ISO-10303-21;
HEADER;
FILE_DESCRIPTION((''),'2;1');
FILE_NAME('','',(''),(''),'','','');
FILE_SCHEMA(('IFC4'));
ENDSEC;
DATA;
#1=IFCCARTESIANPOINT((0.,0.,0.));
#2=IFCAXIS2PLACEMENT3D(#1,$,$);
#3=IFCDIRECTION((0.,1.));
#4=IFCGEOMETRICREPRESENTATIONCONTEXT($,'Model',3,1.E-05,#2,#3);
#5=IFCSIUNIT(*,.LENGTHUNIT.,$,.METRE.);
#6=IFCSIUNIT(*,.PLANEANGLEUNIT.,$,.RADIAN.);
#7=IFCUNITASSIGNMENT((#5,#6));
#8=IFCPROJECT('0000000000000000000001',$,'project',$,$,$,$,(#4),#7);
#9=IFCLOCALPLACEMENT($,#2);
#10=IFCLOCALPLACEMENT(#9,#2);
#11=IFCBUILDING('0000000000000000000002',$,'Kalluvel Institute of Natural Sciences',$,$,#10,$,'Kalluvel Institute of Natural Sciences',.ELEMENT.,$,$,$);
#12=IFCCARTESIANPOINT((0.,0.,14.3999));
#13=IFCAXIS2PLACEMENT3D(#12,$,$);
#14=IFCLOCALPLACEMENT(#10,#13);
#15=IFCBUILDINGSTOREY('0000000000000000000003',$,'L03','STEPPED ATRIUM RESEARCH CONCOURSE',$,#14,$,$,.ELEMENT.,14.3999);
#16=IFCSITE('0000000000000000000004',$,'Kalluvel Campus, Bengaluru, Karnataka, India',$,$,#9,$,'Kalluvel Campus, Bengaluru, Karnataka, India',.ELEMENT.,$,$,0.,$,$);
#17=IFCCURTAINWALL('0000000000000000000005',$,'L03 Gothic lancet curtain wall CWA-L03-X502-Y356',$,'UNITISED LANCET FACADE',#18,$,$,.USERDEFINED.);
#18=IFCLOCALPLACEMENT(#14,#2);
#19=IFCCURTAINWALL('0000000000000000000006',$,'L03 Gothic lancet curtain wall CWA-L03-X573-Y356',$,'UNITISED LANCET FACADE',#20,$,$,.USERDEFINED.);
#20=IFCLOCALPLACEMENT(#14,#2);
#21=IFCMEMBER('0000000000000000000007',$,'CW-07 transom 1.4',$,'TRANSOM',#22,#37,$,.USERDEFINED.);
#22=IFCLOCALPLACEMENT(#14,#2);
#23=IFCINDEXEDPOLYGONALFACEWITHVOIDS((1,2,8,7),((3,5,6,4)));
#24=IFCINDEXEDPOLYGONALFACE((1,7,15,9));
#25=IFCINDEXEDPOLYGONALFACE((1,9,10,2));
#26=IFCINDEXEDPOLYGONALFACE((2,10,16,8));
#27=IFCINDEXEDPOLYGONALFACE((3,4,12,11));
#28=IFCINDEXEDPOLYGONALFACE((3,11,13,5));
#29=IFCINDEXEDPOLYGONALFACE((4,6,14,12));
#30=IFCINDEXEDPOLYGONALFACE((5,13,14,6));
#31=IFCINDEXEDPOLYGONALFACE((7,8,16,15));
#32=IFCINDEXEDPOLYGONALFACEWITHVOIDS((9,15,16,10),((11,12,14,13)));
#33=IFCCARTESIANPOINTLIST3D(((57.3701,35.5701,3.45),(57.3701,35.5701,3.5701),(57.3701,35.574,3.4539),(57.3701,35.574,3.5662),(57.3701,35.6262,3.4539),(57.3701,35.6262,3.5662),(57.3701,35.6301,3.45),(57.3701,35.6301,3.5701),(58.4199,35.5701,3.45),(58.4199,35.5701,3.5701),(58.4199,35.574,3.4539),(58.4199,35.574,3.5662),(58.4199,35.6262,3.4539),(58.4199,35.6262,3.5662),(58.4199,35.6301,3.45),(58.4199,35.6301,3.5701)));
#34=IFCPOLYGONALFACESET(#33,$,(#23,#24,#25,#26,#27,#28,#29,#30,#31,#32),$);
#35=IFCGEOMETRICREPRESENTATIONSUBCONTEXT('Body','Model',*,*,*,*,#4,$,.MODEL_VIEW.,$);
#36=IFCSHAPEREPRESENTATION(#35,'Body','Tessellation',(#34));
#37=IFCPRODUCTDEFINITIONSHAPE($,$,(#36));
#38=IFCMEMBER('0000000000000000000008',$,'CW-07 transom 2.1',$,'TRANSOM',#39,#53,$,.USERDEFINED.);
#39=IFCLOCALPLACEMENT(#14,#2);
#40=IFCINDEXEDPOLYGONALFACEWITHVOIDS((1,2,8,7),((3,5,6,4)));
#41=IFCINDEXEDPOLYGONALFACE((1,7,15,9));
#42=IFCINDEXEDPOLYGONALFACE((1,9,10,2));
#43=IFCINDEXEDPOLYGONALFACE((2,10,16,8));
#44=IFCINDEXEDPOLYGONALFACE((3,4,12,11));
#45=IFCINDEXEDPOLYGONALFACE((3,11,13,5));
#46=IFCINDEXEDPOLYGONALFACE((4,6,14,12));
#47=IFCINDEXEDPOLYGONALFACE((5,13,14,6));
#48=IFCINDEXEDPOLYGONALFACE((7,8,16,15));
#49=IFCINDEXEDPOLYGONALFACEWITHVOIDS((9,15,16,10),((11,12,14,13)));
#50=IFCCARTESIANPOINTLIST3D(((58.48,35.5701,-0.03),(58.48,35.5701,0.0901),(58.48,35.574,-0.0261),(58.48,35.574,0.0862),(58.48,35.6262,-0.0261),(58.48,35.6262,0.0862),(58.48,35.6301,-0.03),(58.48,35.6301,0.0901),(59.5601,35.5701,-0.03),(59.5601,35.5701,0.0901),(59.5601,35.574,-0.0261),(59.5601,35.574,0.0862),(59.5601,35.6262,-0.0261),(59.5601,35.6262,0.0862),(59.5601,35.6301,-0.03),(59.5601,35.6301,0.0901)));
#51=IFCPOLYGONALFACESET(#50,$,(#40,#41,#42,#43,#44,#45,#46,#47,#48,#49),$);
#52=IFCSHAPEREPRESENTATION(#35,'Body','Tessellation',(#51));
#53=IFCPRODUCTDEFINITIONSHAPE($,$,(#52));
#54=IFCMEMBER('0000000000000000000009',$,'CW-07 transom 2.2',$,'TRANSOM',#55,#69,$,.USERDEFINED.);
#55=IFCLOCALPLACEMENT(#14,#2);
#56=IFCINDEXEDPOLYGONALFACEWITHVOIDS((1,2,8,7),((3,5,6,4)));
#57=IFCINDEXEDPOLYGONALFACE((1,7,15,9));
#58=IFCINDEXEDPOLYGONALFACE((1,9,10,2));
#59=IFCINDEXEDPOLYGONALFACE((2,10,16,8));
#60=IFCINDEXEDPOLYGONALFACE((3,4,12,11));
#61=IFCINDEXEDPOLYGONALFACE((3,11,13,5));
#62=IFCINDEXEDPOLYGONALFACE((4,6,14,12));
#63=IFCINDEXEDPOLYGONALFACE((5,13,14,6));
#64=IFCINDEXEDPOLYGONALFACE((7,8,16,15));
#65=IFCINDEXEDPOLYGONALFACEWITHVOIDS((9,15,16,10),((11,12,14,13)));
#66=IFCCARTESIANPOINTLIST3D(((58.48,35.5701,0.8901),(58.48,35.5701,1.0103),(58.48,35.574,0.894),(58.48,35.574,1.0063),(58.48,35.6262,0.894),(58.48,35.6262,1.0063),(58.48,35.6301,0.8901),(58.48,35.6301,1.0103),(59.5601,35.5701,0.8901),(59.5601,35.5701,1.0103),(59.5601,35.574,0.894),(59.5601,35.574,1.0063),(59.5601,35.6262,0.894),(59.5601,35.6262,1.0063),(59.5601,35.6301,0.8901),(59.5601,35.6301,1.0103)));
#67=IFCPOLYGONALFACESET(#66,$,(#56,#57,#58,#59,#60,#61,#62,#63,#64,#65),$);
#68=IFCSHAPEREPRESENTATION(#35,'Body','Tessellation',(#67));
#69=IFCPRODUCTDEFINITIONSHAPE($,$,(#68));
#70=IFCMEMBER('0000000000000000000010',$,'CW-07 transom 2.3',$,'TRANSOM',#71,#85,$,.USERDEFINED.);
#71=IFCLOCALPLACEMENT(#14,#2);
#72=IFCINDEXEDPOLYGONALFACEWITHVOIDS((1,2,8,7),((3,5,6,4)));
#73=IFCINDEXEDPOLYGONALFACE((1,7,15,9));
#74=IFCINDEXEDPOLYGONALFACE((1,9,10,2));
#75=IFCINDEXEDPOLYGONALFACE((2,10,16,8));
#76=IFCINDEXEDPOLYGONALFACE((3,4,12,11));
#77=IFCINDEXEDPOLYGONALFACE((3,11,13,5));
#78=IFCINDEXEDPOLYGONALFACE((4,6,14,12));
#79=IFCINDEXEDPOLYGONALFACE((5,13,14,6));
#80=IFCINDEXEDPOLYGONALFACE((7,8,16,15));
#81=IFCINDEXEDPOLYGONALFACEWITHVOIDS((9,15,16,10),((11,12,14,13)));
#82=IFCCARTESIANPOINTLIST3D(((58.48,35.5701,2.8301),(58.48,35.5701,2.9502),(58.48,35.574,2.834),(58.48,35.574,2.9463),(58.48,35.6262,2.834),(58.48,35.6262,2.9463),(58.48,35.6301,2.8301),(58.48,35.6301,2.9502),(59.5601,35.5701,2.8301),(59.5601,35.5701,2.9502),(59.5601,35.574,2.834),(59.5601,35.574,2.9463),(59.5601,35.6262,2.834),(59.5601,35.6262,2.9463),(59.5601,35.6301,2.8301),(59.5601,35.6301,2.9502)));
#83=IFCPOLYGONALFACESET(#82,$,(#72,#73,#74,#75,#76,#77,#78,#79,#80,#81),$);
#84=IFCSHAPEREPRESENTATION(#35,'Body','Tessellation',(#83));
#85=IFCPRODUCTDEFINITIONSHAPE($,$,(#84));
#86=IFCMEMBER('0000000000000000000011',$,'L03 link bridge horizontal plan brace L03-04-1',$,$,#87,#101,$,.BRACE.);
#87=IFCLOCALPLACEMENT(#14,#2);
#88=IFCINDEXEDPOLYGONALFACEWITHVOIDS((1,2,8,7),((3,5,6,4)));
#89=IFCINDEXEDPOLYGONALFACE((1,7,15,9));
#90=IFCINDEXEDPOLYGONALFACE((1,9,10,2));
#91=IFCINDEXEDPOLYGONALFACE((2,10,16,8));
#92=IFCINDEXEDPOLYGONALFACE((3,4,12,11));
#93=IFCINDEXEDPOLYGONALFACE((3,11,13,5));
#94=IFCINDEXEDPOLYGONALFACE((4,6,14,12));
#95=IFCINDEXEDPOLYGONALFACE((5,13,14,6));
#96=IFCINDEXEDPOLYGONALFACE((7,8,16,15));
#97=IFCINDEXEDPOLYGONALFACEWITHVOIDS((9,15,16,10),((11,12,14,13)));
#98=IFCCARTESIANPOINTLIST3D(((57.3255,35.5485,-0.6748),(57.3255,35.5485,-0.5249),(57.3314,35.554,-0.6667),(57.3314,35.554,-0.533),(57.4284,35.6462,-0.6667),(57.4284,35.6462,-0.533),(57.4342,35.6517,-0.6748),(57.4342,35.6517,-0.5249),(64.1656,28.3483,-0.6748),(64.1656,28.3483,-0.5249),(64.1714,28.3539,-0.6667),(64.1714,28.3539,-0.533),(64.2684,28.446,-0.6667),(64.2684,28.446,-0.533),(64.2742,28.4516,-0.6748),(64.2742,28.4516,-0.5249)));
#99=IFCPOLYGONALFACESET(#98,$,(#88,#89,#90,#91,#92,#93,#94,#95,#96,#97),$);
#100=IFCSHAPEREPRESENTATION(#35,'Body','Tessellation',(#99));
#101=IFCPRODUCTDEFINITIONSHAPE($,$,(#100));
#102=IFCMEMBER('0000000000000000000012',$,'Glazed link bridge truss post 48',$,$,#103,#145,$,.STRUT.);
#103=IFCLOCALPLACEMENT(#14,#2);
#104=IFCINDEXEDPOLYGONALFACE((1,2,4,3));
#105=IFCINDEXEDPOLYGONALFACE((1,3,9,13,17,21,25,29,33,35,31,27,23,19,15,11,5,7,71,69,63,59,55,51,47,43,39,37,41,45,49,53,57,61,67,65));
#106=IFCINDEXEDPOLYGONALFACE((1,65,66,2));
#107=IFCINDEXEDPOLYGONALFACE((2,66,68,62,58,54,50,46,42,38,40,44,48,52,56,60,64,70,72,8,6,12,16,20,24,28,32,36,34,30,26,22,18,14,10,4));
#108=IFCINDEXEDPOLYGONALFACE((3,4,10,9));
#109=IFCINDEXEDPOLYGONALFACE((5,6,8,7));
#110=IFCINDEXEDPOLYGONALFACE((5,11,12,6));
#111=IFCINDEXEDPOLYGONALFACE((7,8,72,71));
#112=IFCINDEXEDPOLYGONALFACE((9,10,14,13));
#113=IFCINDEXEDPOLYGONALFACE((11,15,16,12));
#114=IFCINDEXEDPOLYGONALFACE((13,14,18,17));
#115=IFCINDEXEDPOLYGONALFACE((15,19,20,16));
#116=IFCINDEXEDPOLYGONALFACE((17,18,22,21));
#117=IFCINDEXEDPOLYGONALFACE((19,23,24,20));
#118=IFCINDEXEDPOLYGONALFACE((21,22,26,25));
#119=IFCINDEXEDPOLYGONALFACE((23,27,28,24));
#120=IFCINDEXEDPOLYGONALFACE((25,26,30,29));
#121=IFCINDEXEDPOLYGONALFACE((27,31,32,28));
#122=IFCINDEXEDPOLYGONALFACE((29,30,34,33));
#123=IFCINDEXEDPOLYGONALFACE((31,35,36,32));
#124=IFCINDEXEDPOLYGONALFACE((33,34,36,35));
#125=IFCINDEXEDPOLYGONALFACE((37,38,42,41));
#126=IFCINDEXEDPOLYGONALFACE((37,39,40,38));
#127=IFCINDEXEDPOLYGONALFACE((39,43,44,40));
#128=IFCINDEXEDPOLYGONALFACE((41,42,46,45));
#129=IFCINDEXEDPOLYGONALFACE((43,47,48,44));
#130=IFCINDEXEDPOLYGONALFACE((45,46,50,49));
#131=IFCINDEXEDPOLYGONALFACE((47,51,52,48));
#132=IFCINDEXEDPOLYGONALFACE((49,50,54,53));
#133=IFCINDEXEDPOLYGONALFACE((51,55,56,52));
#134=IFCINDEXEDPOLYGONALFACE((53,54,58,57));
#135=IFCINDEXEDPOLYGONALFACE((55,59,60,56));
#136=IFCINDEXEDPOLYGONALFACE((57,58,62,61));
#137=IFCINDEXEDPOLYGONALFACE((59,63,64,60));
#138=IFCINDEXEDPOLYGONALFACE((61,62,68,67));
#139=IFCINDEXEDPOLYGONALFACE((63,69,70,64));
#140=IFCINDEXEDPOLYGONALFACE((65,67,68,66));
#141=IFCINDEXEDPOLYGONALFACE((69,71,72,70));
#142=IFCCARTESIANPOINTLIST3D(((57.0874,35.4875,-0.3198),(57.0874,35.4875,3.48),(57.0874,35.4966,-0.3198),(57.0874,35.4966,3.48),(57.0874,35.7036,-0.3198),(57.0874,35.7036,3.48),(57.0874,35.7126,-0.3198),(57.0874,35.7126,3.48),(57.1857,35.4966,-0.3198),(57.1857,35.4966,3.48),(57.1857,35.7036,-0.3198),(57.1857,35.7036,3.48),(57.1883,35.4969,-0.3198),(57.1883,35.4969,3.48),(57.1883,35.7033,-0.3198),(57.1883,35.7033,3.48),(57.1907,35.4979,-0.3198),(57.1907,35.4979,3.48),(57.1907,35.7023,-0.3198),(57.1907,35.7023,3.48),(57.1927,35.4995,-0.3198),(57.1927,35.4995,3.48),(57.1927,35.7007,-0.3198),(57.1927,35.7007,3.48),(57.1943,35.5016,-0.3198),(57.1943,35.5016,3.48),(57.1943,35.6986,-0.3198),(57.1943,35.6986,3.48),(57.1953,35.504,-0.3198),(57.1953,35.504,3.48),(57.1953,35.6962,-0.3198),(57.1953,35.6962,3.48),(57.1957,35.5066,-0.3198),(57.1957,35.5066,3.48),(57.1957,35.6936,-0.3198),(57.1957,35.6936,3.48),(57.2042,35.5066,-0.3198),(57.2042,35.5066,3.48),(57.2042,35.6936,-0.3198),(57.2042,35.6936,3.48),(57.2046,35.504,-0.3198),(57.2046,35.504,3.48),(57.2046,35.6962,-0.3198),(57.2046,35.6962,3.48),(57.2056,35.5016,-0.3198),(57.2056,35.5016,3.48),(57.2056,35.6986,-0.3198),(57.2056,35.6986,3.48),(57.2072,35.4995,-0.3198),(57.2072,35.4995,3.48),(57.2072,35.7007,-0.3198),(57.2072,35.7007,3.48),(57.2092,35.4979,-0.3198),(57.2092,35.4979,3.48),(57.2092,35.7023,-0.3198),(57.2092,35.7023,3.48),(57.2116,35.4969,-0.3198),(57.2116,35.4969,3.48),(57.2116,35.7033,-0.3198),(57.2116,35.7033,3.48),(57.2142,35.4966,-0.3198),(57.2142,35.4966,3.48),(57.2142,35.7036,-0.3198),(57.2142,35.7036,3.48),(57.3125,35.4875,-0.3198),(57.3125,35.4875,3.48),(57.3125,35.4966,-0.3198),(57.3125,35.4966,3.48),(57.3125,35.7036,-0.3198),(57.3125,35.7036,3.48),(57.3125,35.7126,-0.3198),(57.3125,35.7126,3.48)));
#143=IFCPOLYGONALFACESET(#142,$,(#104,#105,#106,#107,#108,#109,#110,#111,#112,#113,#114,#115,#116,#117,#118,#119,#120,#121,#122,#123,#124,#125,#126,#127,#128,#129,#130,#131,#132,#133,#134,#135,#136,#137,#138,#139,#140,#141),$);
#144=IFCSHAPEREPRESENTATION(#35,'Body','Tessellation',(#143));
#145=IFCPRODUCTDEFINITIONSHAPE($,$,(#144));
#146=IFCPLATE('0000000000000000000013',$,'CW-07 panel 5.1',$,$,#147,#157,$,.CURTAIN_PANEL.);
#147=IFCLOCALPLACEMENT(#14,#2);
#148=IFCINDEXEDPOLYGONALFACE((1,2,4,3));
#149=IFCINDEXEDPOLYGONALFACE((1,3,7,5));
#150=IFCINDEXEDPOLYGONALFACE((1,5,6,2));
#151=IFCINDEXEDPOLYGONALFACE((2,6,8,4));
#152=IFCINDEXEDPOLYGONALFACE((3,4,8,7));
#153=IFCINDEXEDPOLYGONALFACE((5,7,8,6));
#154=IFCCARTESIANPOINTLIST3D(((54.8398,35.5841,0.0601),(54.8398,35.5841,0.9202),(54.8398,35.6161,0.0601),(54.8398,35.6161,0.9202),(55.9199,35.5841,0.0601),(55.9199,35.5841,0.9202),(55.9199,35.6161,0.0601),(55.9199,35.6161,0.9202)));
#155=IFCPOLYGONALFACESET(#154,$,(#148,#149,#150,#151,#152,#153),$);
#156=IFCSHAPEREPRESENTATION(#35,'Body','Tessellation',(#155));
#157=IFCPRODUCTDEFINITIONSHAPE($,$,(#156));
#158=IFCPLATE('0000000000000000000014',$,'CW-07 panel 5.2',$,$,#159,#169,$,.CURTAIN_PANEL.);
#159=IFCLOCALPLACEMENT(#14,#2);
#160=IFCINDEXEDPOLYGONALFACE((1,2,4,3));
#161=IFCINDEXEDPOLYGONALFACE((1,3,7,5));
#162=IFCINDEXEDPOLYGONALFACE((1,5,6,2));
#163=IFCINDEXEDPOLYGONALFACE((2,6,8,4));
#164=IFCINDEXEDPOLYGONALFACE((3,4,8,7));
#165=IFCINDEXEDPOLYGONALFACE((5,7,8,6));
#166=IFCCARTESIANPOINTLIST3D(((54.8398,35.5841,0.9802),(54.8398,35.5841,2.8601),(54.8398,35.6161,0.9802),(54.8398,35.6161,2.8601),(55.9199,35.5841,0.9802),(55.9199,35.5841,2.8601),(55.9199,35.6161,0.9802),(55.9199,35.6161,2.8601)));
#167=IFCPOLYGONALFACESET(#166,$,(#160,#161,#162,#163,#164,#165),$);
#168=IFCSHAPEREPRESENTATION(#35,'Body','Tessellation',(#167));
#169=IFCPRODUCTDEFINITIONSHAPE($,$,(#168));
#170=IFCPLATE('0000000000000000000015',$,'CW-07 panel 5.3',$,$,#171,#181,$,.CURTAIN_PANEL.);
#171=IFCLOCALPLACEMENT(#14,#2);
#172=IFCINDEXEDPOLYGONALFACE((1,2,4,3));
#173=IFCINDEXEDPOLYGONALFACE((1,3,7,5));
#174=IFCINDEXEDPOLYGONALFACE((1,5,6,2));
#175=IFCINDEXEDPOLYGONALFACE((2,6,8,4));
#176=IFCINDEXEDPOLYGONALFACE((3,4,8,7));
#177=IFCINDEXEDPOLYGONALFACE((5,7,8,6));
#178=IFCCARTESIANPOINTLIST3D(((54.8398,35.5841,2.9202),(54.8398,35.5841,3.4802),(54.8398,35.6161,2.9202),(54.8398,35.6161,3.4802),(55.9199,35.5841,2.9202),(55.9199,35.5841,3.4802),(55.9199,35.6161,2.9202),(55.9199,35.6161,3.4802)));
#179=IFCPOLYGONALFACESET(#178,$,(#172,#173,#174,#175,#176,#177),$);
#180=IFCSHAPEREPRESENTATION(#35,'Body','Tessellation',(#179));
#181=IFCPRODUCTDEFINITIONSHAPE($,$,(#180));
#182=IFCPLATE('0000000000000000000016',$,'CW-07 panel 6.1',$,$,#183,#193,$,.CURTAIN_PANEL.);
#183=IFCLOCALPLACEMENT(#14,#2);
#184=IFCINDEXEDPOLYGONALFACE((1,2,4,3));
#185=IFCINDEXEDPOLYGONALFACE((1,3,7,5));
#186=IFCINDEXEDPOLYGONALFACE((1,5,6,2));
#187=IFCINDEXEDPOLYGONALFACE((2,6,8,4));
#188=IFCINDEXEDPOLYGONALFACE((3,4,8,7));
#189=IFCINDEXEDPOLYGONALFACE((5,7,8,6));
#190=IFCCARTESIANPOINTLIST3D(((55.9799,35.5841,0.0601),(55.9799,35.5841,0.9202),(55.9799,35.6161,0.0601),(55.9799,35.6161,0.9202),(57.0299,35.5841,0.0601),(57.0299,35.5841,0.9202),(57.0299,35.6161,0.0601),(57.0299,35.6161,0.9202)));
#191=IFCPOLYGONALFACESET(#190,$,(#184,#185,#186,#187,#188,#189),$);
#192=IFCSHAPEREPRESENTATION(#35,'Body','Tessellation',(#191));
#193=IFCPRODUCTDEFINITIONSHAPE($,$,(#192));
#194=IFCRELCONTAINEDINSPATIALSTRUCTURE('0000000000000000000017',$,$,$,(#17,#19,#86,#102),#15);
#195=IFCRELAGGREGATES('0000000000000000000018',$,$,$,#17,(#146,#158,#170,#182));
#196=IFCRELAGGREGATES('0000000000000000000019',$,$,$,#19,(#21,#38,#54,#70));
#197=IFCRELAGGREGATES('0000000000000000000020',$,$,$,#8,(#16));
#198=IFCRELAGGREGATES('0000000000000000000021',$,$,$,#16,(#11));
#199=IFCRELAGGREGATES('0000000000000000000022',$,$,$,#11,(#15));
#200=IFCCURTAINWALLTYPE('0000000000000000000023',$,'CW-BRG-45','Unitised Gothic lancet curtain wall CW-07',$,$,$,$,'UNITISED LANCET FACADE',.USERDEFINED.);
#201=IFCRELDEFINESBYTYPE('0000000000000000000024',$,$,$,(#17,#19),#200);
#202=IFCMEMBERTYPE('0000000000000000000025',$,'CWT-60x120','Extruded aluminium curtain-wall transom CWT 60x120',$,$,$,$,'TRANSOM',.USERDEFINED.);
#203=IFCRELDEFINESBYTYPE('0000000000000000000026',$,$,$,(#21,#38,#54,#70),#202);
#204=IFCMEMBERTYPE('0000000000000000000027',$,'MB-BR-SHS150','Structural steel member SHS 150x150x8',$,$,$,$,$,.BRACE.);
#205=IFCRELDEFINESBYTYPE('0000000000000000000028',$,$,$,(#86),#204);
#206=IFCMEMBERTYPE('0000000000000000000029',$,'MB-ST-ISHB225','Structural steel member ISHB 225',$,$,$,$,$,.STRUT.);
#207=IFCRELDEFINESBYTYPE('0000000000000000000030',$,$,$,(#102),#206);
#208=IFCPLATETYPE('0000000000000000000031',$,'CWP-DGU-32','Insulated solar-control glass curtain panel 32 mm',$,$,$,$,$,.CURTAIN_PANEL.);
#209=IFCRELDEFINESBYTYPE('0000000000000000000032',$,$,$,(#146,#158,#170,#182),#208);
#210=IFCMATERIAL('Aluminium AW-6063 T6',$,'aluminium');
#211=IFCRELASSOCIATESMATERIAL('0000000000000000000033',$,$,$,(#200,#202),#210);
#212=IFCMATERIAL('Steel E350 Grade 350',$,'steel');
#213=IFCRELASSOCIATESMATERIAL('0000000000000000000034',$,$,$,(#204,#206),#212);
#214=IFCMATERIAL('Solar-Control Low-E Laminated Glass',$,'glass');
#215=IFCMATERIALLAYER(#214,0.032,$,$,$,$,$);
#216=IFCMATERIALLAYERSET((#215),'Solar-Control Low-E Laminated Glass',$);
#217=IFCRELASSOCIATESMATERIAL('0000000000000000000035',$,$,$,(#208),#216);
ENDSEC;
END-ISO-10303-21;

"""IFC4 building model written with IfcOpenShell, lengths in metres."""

from ifc_helpers import new_model, si_unit, direction, frame, origin, origin_2d, place, context, subcontext, project, spatial, rectangle, hollow_rectangle, i_section, extrude, material, layer, layer_set, material_profile, profile_set, type_object, element, aggregate, save


model = new_model("IFC4")

# Units and contexts
model_context = context("Model", 3, precision=1e-05, world=origin(), true_north=direction((0.0, 1.0)))
body_context = subcontext(model_context, "Body", "Model", "MODEL_VIEW")
ifc_project = project(units=[si_unit("LENGTHUNIT", "METRE"), si_unit("PLANEANGLEUNIT", "RADIAN")], contexts=[model_context])

# Site, building, storey
site_placement = place(None, origin())
site = spatial("IfcSite", under=ifc_project, at=site_placement, Name="Kalluvel Campus, Bengaluru, Karnataka, India", LongName="Kalluvel Campus, Bengaluru, Karnataka, India", CompositionType="ELEMENT", RefElevation=0.0)
building_placement = place(site_placement, origin())
building = spatial("IfcBuilding", under=site, at=building_placement, Name="Kalluvel Institute of Natural Sciences", LongName="Kalluvel Institute of Natural Sciences", CompositionType="ELEMENT")
storey_placement = place(building_placement, frame((0.0, 0.0, 14.3999)))
storey = spatial("IfcBuildingStorey", under=building, at=storey_placement, Name="L03", Description="STEPPED ATRIUM RESEARCH CONCOURSE", CompositionType="ELEMENT", Elevation=14.3999)

# Curtain walls
ifc_material_1 = material(Name="Aluminium AW-6063 T6", Category="aluminium")
curtain_wall_type = type_object("IfcCurtainWallType", Name="CW-BRG-45", Description="Unitised Gothic lancet curtain wall CW-07", ElementType="UNITISED LANCET FACADE", PredefinedType="USERDEFINED", material=ifc_material_1)
curtain_wall_1_placement = place(storey_placement, origin())
curtain_wall_1 = element("IfcCurtainWall", 1, at=curtain_wall_1_placement, inside=storey, type_object=curtain_wall_type, Name="L03 Gothic lancet curtain wall CWA-L03-X502-Y356", ObjectType="UNITISED LANCET FACADE", PredefinedType="USERDEFINED")
curtain_wall_2_placement = place(storey_placement, origin())
curtain_wall_2 = element("IfcCurtainWall", 2, at=curtain_wall_2_placement, inside=storey, type_object=curtain_wall_type, Name="L03 Gothic lancet curtain wall CWA-L03-X573-Y356", ObjectType="UNITISED LANCET FACADE", PredefinedType="USERDEFINED")

# Members
ifc_material_profile_1 = material_profile(ifc_material_1, hollow_rectangle(XDim=0.0601, YDim=0.1201, WallThickness=0.0039, at=origin_2d()), Name="CWT 60x120")
ifc_profile_set_1 = profile_set([ifc_material_profile_1], Name="Aluminium AW-6063 T6")
member_type_1 = type_object("IfcMemberType", Name="CWT-60x120", Description="Extruded aluminium curtain-wall transom CWT 60x120", ElementType="TRANSOM", PredefinedType="USERDEFINED", material=ifc_profile_set_1)
member_1_placement = place(storey_placement, frame((57.3701, 35.6001, 3.51), z_axis=(1.0, 0.0, 0.0), x_axis=(0.0, 1.0, 0.0)))
member_1 = element("IfcMember", 3, at=member_1_placement, type_object=member_type_1, Name="CW-07 transom 1.4", ObjectType="TRANSOM", PredefinedType="USERDEFINED", context=body_context, shape_type="SweptSolid", body=[
    extrude(hollow_rectangle(XDim=0.0601, YDim=0.1201, WallThickness=0.0039, at=origin_2d()), origin(), (0.0, 0.0, 1.0), 1.0498),
])
member_2_placement = place(storey_placement, frame((58.48, 35.6001, 0.03), z_axis=(1.0, 0.0, 0.0), x_axis=(0.0, 1.0, 0.0)))
member_2 = element("IfcMember", 4, at=member_2_placement, type_object=member_type_1, Name="CW-07 transom 2.1", ObjectType="TRANSOM", PredefinedType="USERDEFINED", context=body_context, shape_type="SweptSolid", body=[
    extrude(hollow_rectangle(XDim=0.0601, YDim=0.1201, WallThickness=0.0039, at=origin_2d()), origin(), (0.0, 0.0, 1.0), 1.0801),
])
member_3_placement = place(storey_placement, frame((58.48, 35.6001, 0.9502), z_axis=(1.0, 0.0, 0.0), x_axis=(0.0, 1.0, 0.0)))
member_3 = element("IfcMember", 5, at=member_3_placement, type_object=member_type_1, Name="CW-07 transom 2.2", ObjectType="TRANSOM", PredefinedType="USERDEFINED", context=body_context, shape_type="SweptSolid", body=[
    extrude(hollow_rectangle(XDim=0.0601, YDim=0.1201, WallThickness=0.0039, at=origin_2d()), origin(), (0.0, 0.0, 1.0), 1.0801),
])
member_4_placement = place(storey_placement, frame((58.48, 35.6001, 2.8901), z_axis=(1.0, 0.0, 0.0), x_axis=(0.0, 1.0, 0.0)))
member_4 = element("IfcMember", 6, at=member_4_placement, type_object=member_type_1, Name="CW-07 transom 2.3", ObjectType="TRANSOM", PredefinedType="USERDEFINED", context=body_context, shape_type="SweptSolid", body=[
    extrude(hollow_rectangle(XDim=0.0601, YDim=0.1201, WallThickness=0.0039, at=origin_2d()), origin(), (0.0, 0.0, 1.0), 1.0801),
])

# Members
ifc_material_2 = material(Name="Steel E350 Grade 350", Category="steel")
ifc_material_profile_2 = material_profile(ifc_material_2, hollow_rectangle(XDim=0.1499, YDim=0.1499, WallThickness=0.0081, at=origin_2d()), Name="SHS 150x150x8")
ifc_profile_set_2 = profile_set([ifc_material_profile_2], Name="Steel E350 Grade 350")
member_type_2 = type_object("IfcMemberType", Name="MB-BR-SHS150", Description="Structural steel member SHS 150x150x8", PredefinedType="BRACE", material=ifc_profile_set_2)
member_5_placement = place(storey_placement, frame((57.3799, 35.6001, -0.5999), z_axis=(0.688744, -0.725004, 0.0), x_axis=(0.725004, 0.688744, 0.0)))
element("IfcMember", 7, at=member_5_placement, inside=storey, type_object=member_type_2, Name="L03 link bridge horizontal plan brace L03-04-1", PredefinedType="BRACE", context=body_context, shape_type="SweptSolid", body=[
    extrude(hollow_rectangle(XDim=0.1499, YDim=0.1499, WallThickness=0.0081, at=origin_2d()), origin(), (0.0, 0.0, 1.0), 9.9312),
])
ifc_material_profile_3 = material_profile(ifc_material_2, i_section(OverallWidth=0.2251, OverallDepth=0.2251, WebThickness=0.0085, FlangeThickness=0.009, FilletRadius=0.01, at=origin_2d()), Name="ISHB 225")
ifc_profile_set_3 = profile_set([ifc_material_profile_3], Name="Steel E350 Grade 350")
member_type_3 = type_object("IfcMemberType", Name="MB-ST-ISHB225", Description="Structural steel member ISHB 225", PredefinedType="STRUT", material=ifc_profile_set_3)
member_6_placement = place(storey_placement, frame((57.2, 35.6001, -0.3198), z_axis=(0.0, 0.0, 1.0), x_axis=(1.0, 0.0, 0.0)))
element("IfcMember", 8, at=member_6_placement, inside=storey, type_object=member_type_3, Name="Glazed link bridge truss post 48", PredefinedType="STRUT", context=body_context, shape_type="SweptSolid", body=[
    extrude(i_section(OverallWidth=0.2251, OverallDepth=0.2251, WebThickness=0.0085, FlangeThickness=0.009, FilletRadius=0.01, at=origin_2d()), origin(), (0.0, 0.0, 1.0), 3.7998),
])

# Plates
ifc_material_3 = material(Name="Solar-Control Low-E Laminated Glass", Category="glass")
ifc_layer = layer(ifc_material_3, 0.032)
ifc_layer_set = layer_set([ifc_layer], Name="Solar-Control Low-E Laminated Glass")
plate_type = type_object("IfcPlateType", Name="CWP-DGU-32", Description="Insulated solar-control glass curtain panel 32 mm", PredefinedType="CURTAIN_PANEL", material=ifc_layer_set)
plate_1_placement = place(storey_placement, frame((55.3799, 35.6001, 0.0601), z_axis=(0.0, 0.0, 1.0), x_axis=(1.0, 0.0, 0.0)))
plate_1 = element("IfcPlate", 9, at=plate_1_placement, type_object=plate_type, Name="CW-07 panel 5.1", PredefinedType="CURTAIN_PANEL", context=body_context, shape_type="SweptSolid", body=[
    extrude(rectangle(XDim=1.0801, YDim=0.032, at=origin_2d()), origin(), (0.0, 0.0, 1.0), 0.8601),
])
plate_2_placement = place(storey_placement, frame((55.3799, 35.6001, 0.9802), z_axis=(0.0, 0.0, 1.0), x_axis=(1.0, 0.0, 0.0)))
plate_2 = element("IfcPlate", 10, at=plate_2_placement, type_object=plate_type, Name="CW-07 panel 5.2", PredefinedType="CURTAIN_PANEL", context=body_context, shape_type="SweptSolid", body=[
    extrude(rectangle(XDim=1.0801, YDim=0.032, at=origin_2d()), origin(), (0.0, 0.0, 1.0), 1.8799),
])
plate_3_placement = place(storey_placement, frame((55.3799, 35.6001, 2.9202), z_axis=(0.0, 0.0, 1.0), x_axis=(1.0, 0.0, 0.0)))
plate_3 = element("IfcPlate", 11, at=plate_3_placement, type_object=plate_type, Name="CW-07 panel 5.3", PredefinedType="CURTAIN_PANEL", context=body_context, shape_type="SweptSolid", body=[
    extrude(rectangle(XDim=1.0801, YDim=0.032, at=origin_2d()), origin(), (0.0, 0.0, 1.0), 0.5601),
])
plate_4_placement = place(storey_placement, frame((56.5049, 35.6001, 0.0601), z_axis=(0.0, 0.0, 1.0), x_axis=(1.0, 0.0, 0.0)))
plate_4 = element("IfcPlate", 12, at=plate_4_placement, type_object=plate_type, Name="CW-07 panel 6.1", PredefinedType="CURTAIN_PANEL", context=body_context, shape_type="SweptSolid", body=[
    extrude(rectangle(XDim=1.05, YDim=0.032, at=origin_2d()), origin(), (0.0, 0.0, 1.0), 0.8601),
])
aggregate(curtain_wall_1, [plate_1, plate_2, plate_3, plate_4])
aggregate(curtain_wall_2, [member_1, member_2, member_3, member_4])

save(model, "model.ifc")
